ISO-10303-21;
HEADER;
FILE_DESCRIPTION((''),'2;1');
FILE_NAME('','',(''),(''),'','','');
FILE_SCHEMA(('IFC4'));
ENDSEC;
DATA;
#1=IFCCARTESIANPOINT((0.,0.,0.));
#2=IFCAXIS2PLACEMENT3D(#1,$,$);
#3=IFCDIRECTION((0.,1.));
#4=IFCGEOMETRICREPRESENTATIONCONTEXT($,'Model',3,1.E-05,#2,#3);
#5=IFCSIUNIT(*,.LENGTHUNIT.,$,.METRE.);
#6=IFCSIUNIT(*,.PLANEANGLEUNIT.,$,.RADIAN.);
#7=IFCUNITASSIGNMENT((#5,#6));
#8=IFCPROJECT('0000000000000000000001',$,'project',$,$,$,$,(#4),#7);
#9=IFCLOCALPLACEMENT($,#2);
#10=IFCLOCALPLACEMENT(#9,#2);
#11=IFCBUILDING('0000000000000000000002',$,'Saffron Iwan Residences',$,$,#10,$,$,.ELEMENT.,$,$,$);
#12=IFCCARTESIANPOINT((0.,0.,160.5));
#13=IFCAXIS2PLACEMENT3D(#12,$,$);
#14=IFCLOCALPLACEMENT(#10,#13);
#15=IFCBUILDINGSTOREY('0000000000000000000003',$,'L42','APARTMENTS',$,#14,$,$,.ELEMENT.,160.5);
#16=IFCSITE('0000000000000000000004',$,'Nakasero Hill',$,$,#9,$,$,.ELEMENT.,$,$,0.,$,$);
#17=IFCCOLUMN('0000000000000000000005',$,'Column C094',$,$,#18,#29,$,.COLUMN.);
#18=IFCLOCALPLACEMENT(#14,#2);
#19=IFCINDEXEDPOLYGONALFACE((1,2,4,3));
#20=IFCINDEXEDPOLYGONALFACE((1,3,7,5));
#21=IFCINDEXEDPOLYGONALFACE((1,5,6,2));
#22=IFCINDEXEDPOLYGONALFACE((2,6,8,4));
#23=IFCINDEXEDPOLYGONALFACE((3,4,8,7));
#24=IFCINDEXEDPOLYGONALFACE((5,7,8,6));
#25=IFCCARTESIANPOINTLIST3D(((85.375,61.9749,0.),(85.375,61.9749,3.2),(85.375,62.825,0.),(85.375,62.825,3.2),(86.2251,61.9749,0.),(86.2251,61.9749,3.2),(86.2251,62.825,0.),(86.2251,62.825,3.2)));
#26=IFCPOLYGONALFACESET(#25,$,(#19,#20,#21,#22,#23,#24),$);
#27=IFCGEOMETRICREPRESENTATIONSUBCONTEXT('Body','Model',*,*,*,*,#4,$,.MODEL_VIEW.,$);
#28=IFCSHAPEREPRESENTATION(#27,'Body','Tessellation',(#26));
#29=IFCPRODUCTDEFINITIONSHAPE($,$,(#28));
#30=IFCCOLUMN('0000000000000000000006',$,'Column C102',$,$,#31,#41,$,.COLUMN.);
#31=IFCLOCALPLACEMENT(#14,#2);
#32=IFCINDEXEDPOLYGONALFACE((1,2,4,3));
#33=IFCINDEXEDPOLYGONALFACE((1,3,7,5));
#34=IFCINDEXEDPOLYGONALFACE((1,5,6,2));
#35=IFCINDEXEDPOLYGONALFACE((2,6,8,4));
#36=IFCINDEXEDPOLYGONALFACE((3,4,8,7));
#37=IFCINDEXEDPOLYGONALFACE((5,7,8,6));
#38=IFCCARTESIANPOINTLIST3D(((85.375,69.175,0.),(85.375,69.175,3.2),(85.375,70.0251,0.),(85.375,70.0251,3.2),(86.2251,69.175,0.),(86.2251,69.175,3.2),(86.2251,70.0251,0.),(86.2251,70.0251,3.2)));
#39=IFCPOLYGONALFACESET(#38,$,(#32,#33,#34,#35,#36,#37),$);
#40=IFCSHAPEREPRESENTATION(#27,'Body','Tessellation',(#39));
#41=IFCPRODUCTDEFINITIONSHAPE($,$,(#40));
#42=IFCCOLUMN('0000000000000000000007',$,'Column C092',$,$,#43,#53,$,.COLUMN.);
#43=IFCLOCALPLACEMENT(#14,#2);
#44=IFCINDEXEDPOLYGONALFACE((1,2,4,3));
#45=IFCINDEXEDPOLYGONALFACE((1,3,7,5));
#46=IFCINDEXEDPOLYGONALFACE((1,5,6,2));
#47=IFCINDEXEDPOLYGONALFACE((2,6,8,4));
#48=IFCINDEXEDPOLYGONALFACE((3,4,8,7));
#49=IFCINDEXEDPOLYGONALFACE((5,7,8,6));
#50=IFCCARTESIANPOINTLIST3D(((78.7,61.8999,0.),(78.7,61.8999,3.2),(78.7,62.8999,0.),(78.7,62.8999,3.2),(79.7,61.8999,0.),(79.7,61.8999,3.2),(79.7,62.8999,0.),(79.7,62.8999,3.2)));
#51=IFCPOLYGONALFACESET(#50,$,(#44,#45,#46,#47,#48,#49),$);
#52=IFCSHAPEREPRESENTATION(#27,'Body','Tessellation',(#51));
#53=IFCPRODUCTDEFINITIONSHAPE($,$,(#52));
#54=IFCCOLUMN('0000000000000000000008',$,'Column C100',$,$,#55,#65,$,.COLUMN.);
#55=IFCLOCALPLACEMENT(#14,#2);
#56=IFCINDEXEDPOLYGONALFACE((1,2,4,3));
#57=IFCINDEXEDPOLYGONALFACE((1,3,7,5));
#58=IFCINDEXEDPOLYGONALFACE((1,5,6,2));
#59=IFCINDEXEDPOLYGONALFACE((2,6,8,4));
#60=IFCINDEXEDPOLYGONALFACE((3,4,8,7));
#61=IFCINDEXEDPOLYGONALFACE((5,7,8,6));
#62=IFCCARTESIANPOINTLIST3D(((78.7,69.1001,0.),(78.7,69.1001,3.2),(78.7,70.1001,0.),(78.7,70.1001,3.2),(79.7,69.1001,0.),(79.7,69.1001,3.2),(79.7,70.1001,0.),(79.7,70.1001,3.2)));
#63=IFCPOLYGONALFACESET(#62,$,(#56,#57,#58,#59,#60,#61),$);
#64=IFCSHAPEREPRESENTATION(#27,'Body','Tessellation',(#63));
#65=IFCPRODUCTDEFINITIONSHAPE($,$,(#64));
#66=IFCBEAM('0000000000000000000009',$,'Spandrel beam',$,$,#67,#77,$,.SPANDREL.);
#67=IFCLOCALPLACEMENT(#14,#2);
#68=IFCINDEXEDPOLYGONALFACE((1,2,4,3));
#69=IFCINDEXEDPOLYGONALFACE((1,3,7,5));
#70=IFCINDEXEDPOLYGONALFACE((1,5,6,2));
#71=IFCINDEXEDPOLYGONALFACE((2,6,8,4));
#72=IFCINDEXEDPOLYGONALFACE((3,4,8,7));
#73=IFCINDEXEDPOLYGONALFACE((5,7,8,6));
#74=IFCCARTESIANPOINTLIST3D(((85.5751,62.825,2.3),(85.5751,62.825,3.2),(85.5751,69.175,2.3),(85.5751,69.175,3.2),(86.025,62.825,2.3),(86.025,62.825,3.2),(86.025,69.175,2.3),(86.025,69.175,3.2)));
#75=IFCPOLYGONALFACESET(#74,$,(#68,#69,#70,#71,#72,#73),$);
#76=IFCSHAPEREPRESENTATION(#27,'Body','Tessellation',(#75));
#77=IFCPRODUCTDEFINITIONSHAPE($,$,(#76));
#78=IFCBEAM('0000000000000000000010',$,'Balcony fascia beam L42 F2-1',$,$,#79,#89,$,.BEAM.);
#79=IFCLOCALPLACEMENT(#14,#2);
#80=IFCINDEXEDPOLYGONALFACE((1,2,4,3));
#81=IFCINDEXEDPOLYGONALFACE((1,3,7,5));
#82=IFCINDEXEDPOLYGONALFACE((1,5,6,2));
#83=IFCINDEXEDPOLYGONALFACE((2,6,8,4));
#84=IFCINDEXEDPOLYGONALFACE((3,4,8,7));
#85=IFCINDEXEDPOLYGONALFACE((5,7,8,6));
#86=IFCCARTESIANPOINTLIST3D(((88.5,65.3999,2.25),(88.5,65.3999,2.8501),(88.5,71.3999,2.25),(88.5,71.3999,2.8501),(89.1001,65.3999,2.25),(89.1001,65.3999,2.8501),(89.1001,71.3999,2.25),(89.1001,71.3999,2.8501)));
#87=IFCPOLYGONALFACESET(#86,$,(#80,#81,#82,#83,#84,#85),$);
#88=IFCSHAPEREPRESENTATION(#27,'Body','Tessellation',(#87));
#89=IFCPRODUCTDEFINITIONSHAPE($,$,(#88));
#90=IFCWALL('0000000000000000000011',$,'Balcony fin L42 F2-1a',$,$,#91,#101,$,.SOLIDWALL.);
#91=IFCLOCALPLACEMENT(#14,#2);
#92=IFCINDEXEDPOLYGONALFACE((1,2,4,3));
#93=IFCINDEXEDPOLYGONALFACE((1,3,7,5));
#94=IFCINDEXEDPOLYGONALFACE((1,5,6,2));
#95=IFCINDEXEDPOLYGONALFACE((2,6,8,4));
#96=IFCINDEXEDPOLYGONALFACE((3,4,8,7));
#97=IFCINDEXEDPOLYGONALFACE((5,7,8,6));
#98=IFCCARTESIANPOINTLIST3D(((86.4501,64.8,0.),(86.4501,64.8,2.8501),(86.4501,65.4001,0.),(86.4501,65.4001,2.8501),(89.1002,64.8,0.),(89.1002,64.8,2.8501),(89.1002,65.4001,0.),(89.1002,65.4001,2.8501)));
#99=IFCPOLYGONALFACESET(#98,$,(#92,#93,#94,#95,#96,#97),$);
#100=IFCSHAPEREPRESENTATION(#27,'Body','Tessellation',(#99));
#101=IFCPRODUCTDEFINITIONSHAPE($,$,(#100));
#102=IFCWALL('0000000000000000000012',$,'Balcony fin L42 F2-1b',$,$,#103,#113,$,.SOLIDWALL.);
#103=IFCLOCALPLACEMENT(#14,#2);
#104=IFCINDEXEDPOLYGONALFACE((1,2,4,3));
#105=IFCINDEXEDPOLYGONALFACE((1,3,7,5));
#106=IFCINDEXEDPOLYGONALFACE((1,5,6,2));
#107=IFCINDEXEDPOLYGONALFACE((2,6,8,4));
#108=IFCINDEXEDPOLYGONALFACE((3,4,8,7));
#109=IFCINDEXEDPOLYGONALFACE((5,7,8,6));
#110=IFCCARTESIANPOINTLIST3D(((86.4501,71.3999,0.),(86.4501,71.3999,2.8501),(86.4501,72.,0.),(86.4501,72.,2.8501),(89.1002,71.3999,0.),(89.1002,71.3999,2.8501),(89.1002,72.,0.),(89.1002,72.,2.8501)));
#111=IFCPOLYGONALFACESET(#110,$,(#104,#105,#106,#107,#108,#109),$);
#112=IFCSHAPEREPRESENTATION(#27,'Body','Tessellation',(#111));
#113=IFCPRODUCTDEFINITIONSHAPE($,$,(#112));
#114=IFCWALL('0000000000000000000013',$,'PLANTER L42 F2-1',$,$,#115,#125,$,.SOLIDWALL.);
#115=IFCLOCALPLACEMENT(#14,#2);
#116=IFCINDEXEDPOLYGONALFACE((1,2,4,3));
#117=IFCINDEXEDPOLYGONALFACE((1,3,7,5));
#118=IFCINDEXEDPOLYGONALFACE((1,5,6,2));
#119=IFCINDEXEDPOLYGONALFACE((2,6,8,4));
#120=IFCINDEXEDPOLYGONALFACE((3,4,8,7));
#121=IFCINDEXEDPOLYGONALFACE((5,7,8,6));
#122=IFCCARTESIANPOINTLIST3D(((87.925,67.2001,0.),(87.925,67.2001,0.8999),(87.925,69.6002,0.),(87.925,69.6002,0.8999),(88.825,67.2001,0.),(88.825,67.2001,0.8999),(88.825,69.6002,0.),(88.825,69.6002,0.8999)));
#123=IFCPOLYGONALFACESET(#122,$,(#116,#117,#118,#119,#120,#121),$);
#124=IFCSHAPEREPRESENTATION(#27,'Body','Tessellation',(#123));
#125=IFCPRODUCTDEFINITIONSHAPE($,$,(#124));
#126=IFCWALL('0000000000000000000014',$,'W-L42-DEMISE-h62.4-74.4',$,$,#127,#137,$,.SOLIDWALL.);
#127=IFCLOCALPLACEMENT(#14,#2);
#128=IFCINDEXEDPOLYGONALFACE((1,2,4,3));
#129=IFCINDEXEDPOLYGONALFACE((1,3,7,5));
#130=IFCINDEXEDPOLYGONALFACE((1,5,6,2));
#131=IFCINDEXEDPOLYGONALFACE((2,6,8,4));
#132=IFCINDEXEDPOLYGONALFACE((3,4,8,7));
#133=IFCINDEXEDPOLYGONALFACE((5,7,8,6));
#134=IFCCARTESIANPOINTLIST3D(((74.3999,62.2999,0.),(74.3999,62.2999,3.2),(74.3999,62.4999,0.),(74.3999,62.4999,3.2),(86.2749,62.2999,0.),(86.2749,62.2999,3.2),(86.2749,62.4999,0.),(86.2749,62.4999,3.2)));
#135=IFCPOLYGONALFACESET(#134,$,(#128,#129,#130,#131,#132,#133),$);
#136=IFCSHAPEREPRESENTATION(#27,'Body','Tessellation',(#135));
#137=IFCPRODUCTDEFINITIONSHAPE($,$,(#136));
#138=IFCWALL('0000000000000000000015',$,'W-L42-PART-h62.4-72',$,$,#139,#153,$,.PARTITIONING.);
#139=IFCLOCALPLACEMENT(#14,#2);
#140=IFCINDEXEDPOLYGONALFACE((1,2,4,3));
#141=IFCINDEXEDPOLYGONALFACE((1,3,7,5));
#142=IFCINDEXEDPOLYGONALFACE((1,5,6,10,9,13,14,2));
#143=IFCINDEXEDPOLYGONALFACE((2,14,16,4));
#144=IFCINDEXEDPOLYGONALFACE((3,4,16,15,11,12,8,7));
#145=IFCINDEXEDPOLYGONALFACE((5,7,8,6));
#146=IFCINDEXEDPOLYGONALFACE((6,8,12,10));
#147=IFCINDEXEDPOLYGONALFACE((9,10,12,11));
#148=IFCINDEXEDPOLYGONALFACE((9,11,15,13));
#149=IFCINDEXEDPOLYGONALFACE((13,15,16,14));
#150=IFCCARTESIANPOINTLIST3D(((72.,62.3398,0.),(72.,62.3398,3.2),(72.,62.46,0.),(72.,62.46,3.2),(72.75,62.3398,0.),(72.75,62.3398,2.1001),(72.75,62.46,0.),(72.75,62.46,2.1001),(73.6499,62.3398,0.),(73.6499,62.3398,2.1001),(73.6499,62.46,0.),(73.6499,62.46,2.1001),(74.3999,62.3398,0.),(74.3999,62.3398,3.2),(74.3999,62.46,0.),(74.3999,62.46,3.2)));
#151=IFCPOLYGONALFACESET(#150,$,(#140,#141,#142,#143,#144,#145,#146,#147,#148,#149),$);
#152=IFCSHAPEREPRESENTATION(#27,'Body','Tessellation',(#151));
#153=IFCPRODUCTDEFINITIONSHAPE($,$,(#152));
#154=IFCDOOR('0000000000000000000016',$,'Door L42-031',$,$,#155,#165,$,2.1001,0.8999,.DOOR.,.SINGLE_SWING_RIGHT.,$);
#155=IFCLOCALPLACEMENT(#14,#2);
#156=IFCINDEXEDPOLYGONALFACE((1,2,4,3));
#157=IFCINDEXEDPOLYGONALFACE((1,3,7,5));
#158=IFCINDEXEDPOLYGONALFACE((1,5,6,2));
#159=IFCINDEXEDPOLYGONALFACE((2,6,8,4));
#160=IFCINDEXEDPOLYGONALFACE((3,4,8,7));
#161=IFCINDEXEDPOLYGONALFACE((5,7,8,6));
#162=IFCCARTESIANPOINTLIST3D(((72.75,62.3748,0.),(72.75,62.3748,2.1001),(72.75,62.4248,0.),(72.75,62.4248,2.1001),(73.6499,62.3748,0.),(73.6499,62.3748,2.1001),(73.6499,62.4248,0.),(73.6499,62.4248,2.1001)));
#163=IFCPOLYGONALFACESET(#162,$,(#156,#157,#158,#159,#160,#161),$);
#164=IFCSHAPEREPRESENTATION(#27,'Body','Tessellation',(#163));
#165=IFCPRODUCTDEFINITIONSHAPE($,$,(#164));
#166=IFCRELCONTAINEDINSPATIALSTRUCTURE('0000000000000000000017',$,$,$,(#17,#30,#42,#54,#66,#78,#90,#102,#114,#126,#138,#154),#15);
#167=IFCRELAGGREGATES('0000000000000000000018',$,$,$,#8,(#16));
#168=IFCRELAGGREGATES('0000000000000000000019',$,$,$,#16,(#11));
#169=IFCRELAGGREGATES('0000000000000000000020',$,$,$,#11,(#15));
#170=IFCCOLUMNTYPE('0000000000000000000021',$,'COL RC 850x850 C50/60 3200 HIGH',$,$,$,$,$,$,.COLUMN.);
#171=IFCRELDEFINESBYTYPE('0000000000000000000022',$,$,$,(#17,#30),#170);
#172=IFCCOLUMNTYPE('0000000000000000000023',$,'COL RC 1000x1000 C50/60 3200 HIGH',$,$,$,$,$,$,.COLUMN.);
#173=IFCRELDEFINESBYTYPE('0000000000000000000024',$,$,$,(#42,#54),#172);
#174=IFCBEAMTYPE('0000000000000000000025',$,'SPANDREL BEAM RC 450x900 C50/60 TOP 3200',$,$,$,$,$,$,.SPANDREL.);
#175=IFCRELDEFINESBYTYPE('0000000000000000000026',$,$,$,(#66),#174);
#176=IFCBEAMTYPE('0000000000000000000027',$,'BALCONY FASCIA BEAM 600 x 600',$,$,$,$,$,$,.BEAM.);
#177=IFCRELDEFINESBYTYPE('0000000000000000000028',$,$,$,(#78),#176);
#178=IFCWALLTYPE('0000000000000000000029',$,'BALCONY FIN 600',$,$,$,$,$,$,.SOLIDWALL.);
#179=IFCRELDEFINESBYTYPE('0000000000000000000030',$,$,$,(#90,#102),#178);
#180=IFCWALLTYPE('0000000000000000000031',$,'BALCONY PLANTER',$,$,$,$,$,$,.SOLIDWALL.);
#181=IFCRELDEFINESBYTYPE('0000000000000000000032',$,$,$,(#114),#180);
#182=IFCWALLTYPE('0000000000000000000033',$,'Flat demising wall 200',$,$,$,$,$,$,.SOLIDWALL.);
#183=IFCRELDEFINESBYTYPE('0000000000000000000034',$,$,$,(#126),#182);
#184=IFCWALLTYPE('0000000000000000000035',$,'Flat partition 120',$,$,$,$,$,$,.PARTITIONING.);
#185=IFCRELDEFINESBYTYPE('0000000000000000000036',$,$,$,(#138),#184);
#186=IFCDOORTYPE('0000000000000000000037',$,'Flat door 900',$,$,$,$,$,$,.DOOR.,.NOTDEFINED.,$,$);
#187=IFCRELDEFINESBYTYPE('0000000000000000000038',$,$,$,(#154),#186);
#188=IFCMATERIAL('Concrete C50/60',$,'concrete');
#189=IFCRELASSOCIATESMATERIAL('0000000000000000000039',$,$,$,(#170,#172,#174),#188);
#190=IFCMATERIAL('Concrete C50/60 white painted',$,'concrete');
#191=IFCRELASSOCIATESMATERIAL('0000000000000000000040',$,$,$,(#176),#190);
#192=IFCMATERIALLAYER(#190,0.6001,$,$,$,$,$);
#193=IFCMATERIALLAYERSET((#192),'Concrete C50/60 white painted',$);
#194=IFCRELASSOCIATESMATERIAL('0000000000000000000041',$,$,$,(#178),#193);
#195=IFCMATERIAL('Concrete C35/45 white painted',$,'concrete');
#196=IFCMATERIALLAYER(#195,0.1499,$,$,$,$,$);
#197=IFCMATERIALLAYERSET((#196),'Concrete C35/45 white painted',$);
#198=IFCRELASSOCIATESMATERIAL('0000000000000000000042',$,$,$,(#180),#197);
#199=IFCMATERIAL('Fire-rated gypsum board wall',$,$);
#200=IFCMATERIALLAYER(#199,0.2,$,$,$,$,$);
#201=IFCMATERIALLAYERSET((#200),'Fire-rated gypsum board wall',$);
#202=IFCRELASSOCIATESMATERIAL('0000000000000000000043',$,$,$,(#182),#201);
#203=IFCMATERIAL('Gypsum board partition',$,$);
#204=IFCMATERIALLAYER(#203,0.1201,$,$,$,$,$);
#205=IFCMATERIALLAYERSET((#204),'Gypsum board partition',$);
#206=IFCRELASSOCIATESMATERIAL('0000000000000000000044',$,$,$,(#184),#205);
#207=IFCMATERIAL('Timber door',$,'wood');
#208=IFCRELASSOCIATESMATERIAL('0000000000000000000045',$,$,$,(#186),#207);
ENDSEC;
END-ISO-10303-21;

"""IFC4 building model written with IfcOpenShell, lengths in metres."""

from ifc_helpers import new_model, si_unit, direction, frame, frame_2d, origin, origin_2d, place, context, subcontext, project, spatial, rectangle, extrude, source, transform, mapped, material, layer, layer_set, material_profile, profile_set, type_object, element, fill, save


model = new_model("IFC4")

# Units and contexts
model_context = context("Model", 3, precision=1e-05, world=origin(), true_north=direction((0.0, 1.0)))
body_context = subcontext(model_context, "Body", "Model", "MODEL_VIEW")
ifc_project = project(units=[si_unit("LENGTHUNIT", "METRE"), si_unit("PLANEANGLEUNIT", "RADIAN")], contexts=[model_context])

# Site, building, storey
site_placement = place(None, origin())
site = spatial("IfcSite", under=ifc_project, at=site_placement, Name="Nakasero Hill", CompositionType="ELEMENT", RefElevation=0.0)
building_placement = place(site_placement, origin())
building = spatial("IfcBuilding", under=site, at=building_placement, Name="Saffron Iwan Residences", CompositionType="ELEMENT")
storey_placement = place(building_placement, frame((0.0, 0.0, 160.5)))
storey = spatial("IfcBuildingStorey", under=building, at=storey_placement, Name="L42", Description="APARTMENTS", CompositionType="ELEMENT", Elevation=160.5)

# Columns
ifc_material_1 = material(Name="Concrete C50/60", Category="concrete")
ifc_material_profile_1 = material_profile(ifc_material_1, rectangle(XDim=0.8501, YDim=0.8501, at=origin_2d()), Name="RC 850x850")
ifc_profile_set_1 = profile_set([ifc_material_profile_1], Name="Concrete C50/60")
column_type_1 = type_object("IfcColumnType", Name="COL RC 850x850 C50/60 3200 HIGH", PredefinedType="COLUMN", material=ifc_profile_set_1)
shared_shape_1 = source(origin(), body_context, "Body", "SweptSolid", [
    extrude(rectangle(XDim=0.8501, YDim=0.8501, at=origin_2d()), origin(), (0.0, 0.0, 1.0), 3.2),
])
for number, where, z_axis, x_axis, name in (
    (1, (85.8, 62.3999, 0.0), (0.0, 0.0, 1.0), (1.0, 0.0, 0.0), "Column C094"),
    (2, (85.8, 69.6001, 0.0), (0.0, 0.0, 1.0), (1.0, 0.0, 0.0), "Column C102"),
):
    element("IfcColumn", number, at=place(storey_placement, frame(where, z_axis=z_axis, x_axis=x_axis)), inside=storey, type_object=column_type_1, Name=name, PredefinedType="COLUMN", context=body_context, shape_type="MappedRepresentation", body=[
        mapped(shared_shape_1, transform((0.0, 0.0, 0.0))),
    ])
ifc_material_profile_2 = material_profile(ifc_material_1, rectangle(XDim=1.0, YDim=1.0, at=origin_2d()), Name="RC 1000x1000")
ifc_profile_set_2 = profile_set([ifc_material_profile_2], Name="Concrete C50/60")
column_type_2 = type_object("IfcColumnType", Name="COL RC 1000x1000 C50/60 3200 HIGH", PredefinedType="COLUMN", material=ifc_profile_set_2)
shared_shape_2 = source(origin(), body_context, "Body", "SweptSolid", [
    extrude(rectangle(XDim=1.0, YDim=1.0, at=origin_2d()), origin(), (0.0, 0.0, 1.0), 3.2),
])
for number, where, z_axis, x_axis, name in (
    (3, (79.2, 62.3999, 0.0), (0.0, 0.0, 1.0), (1.0, 0.0, 0.0), "Column C092"),
    (4, (79.2, 69.6001, 0.0), (0.0, 0.0, 1.0), (1.0, 0.0, 0.0), "Column C100"),
):
    element("IfcColumn", number, at=place(storey_placement, frame(where, z_axis=z_axis, x_axis=x_axis)), inside=storey, type_object=column_type_2, Name=name, PredefinedType="COLUMN", context=body_context, shape_type="MappedRepresentation", body=[
        mapped(shared_shape_2, transform((0.0, 0.0, 0.0))),
    ])

# Beams
ifc_material_profile_3 = material_profile(ifc_material_1, rectangle(XDim=0.45, YDim=0.8999, at=origin_2d()), Name="RC 450x900")
ifc_profile_set_3 = profile_set([ifc_material_profile_3], Name="Concrete C50/60")
beam_type_1 = type_object("IfcBeamType", Name="SPANDREL BEAM RC 450x900 C50/60 TOP 3200", PredefinedType="SPANDREL", material=ifc_profile_set_3)
shared_shape_3 = source(origin(), body_context, "Body", "SweptSolid", [
    extrude(rectangle(XDim=0.45, YDim=0.8999, at=origin_2d()), origin(), (0.0, 0.0, 1.0), 6.3501),
])
beam_1_placement = place(storey_placement, frame((85.8, 69.175, 2.75), z_axis=(0.0, -1.0, 0.0), x_axis=(1.0, 0.0, 0.0)))
element("IfcBeam", 5, at=beam_1_placement, inside=storey, type_object=beam_type_1, Name="Spandrel beam", PredefinedType="SPANDREL", context=body_context, shape_type="MappedRepresentation", body=[
    mapped(shared_shape_3, transform((0.0, 0.0, 0.0))),
])
ifc_material_2 = material(Name="Concrete C50/60 white painted", Category="concrete")
ifc_material_profile_4 = material_profile(ifc_material_2, rectangle(XDim=0.6001, YDim=0.6001, at=origin_2d()), Name="BALCONY FASCIA BEAM 600 x 600")
ifc_profile_set_4 = profile_set([ifc_material_profile_4], Name="Concrete C50/60 white painted")
beam_type_2 = type_object("IfcBeamType", Name="BALCONY FASCIA BEAM 600 x 600", PredefinedType="BEAM", material=ifc_profile_set_4)
shared_shape_4 = source(origin(), body_context, "Body", "SweptSolid", [
    extrude(rectangle(XDim=0.6001, YDim=0.6001, at=origin_2d()), origin(), (0.0, 0.0, 1.0), 6.0),
])
beam_2_placement = place(storey_placement, frame((88.8, 65.3999, 2.55), z_axis=(0.0, 1.0, 0.0), x_axis=(-1.0, 0.0, 0.0)))
element("IfcBeam", 6, at=beam_2_placement, inside=storey, type_object=beam_type_2, Name="Balcony fascia beam L42 F2-1", PredefinedType="BEAM", context=body_context, shape_type="MappedRepresentation", body=[
    mapped(shared_shape_4, transform((0.0, 0.0, 0.0))),
])

# Walls
ifc_layer_1 = layer(ifc_material_2, 0.6001)
ifc_layer_set_1 = layer_set([ifc_layer_1], Name="Concrete C50/60 white painted")
wall_type_1 = type_object("IfcWallType", Name="BALCONY FIN 600", PredefinedType="SOLIDWALL", material=ifc_layer_set_1)
for number, where, z_axis, x_axis, name in (
    (7, (86.45, 65.1001, 0.0), (0.0, 0.0, 1.0), (1.0, 0.0, 0.0), "Balcony fin L42 F2-1a"),
    (8, (86.45, 71.7, 0.0), (0.0, 0.0, 1.0), (1.0, 0.0, 0.0), "Balcony fin L42 F2-1b"),
):
    element("IfcWall", number, at=place(storey_placement, frame(where, z_axis=z_axis, x_axis=x_axis)), inside=storey, type_object=wall_type_1, Name=name, PredefinedType="SOLIDWALL", context=body_context, shape_type="SweptSolid", body=[
        extrude(rectangle(XDim=2.6501, YDim=0.6001, at=frame_2d((1.3252, 0.0))), origin(), (0.0, 0.0, 1.0), 2.8501),
    ])
ifc_material_3 = material(Name="Concrete C35/45 white painted", Category="concrete")
ifc_layer_2 = layer(ifc_material_3, 0.1499)
ifc_layer_set_2 = layer_set([ifc_layer_2], Name="Concrete C35/45 white painted")
wall_type_2 = type_object("IfcWallType", Name="BALCONY PLANTER", PredefinedType="SOLIDWALL", material=ifc_layer_set_2)
wall_1_placement = place(storey_placement, frame((88.375, 67.2, 0.0), z_axis=(0.0, 0.0, 1.0), x_axis=(0.0, 1.0, 0.0)))
element("IfcWall", 9, at=wall_1_placement, inside=storey, type_object=wall_type_2, Name="PLANTER L42 F2-1", PredefinedType="SOLIDWALL", context=body_context, shape_type="SweptSolid", body=[
    extrude(rectangle(XDim=2.4001, YDim=0.8999, at=frame_2d((1.2002, 0.0))), origin(), (0.0, 0.0, 1.0), 0.8999),
])
ifc_material_4 = material(Name="Fire-rated gypsum board wall")
ifc_layer_3 = layer(ifc_material_4, 0.2)
ifc_layer_set_3 = layer_set([ifc_layer_3], Name="Fire-rated gypsum board wall")
wall_type_3 = type_object("IfcWallType", Name="Flat demising wall 200", PredefinedType="SOLIDWALL", material=ifc_layer_set_3)
wall_2_placement = place(storey_placement, frame((74.3999, 62.3999, 0.0), z_axis=(0.0, 0.0, 1.0), x_axis=(1.0, 0.0, 0.0)))
element("IfcWall", 10, at=wall_2_placement, inside=storey, type_object=wall_type_3, Name="W-L42-DEMISE-h62.4-74.4", PredefinedType="SOLIDWALL", context=body_context, shape_type="SweptSolid", body=[
    extrude(rectangle(XDim=11.875, YDim=0.2, at=frame_2d((5.9375, 0.0))), origin(), (0.0, 0.0, 1.0), 3.2),
])

# Wall, opening, door
ifc_material_5 = material(Name="Gypsum board partition")
ifc_layer_4 = layer(ifc_material_5, 0.1201)
ifc_layer_set_4 = layer_set([ifc_layer_4], Name="Gypsum board partition")
wall_type_4 = type_object("IfcWallType", Name="Flat partition 120", PredefinedType="PARTITIONING", material=ifc_layer_set_4)
wall_3_placement = place(storey_placement, frame((72.0, 62.3999, 0.0), z_axis=(0.0, 0.0, 1.0), x_axis=(1.0, 0.0, 0.0)))
wall_3 = element("IfcWall", 11, at=wall_3_placement, inside=storey, type_object=wall_type_4, Name="W-L42-PART-h62.4-72", PredefinedType="PARTITIONING", context=body_context, shape_type="SweptSolid", body=[
    extrude(rectangle(XDim=2.3999, YDim=0.1201, at=frame_2d((1.2, 0.0))), origin(), (0.0, 0.0, 1.0), 3.2),
])
opening_1_placement = place(wall_3_placement, frame((0.75, 0.0, 0.0)))
opening_1 = element("IfcOpeningElement", 12, at=opening_1_placement, cuts=wall_3, PredefinedType="OPENING", context=body_context, shape_type="SweptSolid", body=[
    extrude(rectangle(XDim=0.8999, YDim=2.1001, at=frame_2d((0.45, 1.05))), frame((0.0, 0.0701, 0.0), z_axis=(0.0, -1.0, 0.0), x_axis=(1.0, 0.0, 0.0)), (0.0, 0.0, 1.0), 0.1401),
])
ifc_material_6 = material(Name="Timber door", Category="wood")
door_type_1 = type_object("IfcDoorType", Name="Flat door 900", OperationType="NOTDEFINED", PredefinedType="DOOR", material=ifc_material_6)
door_1_placement = place(opening_1_placement, origin())
door_1 = element("IfcDoor", 13, at=door_1_placement, inside=storey, type_object=door_type_1, Name="Door L42-031", OperationType="SINGLE_SWING_RIGHT", OverallHeight=2.1001, OverallWidth=0.8999, PredefinedType="DOOR", context=body_context, shape_type="SweptSolid", body=[
    extrude(rectangle(XDim=0.8999, YDim=2.1001, at=frame_2d((0.45, 1.05))), frame((0.0, 0.0249, 0.0), z_axis=(0.0, -1.0, 0.0), x_axis=(1.0, 0.0, 0.0)), (0.0, 0.0, 1.0), 0.05),
])
fill(opening_1, door_1)

save(model, "model.ifc")
